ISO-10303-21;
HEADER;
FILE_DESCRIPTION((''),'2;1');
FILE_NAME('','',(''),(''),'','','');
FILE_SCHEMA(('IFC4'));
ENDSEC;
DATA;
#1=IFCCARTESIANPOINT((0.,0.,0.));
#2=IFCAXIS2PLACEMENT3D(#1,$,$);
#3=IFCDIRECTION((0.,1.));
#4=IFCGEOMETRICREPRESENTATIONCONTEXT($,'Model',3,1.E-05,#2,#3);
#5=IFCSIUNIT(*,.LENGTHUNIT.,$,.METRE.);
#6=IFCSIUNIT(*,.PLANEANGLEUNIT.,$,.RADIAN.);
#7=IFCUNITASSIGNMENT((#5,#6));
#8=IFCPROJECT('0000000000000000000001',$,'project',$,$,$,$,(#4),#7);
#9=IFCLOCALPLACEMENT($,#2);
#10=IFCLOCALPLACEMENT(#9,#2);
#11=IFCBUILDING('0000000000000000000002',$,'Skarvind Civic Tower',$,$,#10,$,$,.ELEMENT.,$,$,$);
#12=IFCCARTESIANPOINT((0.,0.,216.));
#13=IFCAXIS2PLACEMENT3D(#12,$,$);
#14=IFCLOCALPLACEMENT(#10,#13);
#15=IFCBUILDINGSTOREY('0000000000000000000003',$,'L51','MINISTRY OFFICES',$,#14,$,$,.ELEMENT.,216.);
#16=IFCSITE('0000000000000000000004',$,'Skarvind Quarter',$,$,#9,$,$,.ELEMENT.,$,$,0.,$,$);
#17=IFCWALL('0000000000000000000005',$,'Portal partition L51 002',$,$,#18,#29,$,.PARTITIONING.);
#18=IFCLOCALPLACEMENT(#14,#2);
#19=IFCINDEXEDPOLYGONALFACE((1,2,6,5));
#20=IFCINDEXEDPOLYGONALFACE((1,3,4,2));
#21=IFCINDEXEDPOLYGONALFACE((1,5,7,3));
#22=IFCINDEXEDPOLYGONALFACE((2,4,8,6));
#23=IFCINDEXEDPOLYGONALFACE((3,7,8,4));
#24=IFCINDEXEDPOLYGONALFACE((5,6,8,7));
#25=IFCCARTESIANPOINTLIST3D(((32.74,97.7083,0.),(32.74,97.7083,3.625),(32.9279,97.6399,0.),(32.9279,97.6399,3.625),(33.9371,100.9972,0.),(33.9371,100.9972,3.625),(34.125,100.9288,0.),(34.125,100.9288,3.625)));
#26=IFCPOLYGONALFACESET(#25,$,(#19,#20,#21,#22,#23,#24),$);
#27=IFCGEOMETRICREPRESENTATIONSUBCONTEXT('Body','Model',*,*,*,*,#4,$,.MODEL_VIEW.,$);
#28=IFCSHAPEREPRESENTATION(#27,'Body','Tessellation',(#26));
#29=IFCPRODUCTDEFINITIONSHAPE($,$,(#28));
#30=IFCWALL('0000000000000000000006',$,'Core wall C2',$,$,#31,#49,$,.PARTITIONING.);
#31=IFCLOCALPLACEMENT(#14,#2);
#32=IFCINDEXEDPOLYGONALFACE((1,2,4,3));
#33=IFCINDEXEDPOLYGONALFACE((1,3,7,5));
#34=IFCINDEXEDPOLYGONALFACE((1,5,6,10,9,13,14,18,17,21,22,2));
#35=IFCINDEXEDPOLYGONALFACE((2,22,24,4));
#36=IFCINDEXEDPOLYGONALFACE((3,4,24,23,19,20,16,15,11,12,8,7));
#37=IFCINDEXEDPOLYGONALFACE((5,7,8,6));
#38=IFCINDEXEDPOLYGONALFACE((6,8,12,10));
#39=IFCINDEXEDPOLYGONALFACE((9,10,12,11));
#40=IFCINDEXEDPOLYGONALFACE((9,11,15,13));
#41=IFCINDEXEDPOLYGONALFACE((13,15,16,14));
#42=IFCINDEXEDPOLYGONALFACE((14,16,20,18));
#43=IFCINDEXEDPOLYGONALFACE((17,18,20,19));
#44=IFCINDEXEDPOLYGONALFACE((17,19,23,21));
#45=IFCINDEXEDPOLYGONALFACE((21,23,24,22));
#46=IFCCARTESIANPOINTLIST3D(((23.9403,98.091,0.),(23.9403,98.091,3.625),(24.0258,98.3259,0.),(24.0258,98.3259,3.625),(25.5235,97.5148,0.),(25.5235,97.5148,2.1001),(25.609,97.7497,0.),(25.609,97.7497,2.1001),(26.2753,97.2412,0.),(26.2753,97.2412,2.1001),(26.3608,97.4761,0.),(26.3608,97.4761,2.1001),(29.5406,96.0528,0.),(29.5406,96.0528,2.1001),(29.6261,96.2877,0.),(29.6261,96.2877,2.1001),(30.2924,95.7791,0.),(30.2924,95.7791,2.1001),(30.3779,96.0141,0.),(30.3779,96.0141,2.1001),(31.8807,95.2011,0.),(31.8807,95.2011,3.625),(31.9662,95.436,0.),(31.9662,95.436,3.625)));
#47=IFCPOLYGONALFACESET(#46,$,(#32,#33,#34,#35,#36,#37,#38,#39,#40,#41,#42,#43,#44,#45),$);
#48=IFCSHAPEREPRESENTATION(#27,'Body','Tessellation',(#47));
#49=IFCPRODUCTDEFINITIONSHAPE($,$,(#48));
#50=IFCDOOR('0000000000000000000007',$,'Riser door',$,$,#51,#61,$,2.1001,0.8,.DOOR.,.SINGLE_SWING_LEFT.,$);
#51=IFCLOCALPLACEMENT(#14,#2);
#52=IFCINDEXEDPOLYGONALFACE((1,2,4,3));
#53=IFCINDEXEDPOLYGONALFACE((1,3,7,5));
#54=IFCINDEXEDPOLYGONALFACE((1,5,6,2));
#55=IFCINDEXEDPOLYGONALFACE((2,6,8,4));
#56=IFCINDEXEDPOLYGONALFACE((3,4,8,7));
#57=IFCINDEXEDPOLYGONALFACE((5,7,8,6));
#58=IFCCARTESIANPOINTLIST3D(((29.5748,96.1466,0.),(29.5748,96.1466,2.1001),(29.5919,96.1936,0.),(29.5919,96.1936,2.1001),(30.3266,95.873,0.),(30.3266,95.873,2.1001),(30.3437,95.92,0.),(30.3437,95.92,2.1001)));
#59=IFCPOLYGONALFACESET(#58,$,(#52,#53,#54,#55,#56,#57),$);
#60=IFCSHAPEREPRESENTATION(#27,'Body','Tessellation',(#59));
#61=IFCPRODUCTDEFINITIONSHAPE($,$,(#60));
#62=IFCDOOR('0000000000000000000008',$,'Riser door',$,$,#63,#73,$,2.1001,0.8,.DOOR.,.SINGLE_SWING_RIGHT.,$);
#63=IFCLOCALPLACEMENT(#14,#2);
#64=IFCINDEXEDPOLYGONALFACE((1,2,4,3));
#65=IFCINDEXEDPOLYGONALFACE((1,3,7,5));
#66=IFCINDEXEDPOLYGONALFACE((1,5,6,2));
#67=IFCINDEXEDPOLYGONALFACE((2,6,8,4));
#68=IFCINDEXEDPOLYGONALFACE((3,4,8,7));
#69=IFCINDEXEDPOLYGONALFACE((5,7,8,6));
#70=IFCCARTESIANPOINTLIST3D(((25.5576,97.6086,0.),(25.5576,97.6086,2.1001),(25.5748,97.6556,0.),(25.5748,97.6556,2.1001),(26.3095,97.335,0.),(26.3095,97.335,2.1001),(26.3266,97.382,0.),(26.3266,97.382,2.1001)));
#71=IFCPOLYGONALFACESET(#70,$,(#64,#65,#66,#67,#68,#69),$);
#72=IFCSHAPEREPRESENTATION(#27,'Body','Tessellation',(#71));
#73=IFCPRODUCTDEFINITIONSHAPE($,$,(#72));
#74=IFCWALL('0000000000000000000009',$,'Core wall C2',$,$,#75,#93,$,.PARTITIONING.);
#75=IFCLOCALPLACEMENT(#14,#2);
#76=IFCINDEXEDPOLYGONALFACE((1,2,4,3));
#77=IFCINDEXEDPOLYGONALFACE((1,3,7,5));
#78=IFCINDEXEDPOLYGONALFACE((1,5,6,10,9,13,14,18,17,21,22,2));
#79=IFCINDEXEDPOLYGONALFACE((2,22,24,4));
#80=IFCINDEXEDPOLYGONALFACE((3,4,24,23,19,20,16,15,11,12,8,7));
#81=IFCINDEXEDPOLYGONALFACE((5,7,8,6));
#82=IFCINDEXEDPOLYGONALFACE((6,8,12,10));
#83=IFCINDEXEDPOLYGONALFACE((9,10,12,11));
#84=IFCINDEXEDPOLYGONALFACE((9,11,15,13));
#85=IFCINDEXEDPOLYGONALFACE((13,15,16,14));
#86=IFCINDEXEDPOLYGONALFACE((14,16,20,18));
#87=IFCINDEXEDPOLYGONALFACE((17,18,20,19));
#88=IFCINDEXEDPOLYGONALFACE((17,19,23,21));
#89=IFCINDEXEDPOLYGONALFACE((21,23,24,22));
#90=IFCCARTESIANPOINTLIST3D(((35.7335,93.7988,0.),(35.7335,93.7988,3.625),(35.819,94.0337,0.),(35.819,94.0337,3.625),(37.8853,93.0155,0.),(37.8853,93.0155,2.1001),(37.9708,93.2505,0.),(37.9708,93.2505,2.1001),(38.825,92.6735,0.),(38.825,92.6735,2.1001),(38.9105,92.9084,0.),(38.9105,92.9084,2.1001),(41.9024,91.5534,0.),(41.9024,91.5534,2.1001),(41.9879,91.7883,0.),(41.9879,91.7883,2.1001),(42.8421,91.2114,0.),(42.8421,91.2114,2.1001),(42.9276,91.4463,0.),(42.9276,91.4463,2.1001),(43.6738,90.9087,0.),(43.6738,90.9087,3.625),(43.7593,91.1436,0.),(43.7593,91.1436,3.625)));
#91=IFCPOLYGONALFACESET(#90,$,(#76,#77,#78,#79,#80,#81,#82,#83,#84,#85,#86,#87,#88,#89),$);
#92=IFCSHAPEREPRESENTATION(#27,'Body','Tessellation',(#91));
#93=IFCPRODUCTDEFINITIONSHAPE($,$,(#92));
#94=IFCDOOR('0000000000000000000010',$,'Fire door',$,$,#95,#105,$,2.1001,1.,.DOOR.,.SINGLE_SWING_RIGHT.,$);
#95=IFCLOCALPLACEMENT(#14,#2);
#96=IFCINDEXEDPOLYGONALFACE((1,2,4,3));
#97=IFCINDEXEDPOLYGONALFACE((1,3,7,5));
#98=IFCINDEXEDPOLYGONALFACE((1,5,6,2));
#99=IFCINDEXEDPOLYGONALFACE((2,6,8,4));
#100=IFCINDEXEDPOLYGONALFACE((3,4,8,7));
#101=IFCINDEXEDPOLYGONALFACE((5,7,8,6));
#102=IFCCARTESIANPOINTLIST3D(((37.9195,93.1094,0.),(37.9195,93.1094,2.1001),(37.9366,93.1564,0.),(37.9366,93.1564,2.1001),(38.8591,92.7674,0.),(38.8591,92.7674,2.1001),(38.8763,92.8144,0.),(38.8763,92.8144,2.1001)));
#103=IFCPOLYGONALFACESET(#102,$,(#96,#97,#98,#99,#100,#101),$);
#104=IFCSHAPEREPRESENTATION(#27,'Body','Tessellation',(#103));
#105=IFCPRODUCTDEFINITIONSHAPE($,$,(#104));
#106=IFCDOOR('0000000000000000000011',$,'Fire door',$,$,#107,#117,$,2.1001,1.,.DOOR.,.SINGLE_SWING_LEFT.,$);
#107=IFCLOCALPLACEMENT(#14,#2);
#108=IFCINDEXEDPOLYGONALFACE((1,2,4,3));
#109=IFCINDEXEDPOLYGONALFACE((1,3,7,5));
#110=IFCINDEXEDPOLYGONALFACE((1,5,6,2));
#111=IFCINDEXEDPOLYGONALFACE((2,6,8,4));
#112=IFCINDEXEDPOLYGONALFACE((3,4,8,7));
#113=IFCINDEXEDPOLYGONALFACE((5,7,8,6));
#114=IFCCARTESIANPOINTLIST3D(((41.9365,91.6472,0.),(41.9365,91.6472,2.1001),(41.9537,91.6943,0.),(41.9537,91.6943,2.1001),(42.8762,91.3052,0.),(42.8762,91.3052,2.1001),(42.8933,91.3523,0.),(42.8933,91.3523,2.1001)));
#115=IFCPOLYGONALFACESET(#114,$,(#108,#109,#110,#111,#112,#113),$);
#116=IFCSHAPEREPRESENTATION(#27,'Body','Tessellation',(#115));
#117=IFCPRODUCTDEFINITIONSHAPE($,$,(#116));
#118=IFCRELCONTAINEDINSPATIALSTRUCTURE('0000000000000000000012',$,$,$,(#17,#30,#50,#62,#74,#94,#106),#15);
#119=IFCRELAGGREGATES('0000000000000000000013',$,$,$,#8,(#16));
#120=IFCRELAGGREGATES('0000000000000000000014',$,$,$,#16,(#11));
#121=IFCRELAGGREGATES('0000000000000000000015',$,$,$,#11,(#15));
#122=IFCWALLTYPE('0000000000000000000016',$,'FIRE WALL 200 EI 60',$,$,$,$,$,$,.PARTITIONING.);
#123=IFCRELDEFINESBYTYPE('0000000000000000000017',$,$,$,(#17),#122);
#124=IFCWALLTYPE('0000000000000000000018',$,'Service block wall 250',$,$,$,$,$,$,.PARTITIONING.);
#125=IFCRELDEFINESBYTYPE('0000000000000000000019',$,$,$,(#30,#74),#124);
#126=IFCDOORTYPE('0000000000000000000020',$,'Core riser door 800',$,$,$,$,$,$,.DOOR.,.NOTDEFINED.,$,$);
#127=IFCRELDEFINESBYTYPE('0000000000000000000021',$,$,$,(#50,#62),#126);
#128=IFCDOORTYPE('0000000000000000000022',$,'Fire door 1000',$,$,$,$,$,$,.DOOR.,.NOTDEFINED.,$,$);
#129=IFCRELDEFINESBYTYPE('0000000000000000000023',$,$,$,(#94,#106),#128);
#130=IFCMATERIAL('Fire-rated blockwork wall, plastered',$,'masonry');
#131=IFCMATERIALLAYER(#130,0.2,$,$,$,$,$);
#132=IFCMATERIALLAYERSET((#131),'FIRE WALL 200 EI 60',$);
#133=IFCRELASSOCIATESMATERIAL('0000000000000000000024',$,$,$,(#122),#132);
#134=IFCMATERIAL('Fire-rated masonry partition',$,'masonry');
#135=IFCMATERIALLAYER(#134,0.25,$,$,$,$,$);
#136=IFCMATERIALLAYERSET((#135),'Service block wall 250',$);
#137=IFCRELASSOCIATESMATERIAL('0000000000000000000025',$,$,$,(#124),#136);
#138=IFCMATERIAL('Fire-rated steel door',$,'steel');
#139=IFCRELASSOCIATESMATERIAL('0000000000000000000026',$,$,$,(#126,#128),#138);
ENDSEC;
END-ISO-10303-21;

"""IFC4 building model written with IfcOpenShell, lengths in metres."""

from ifc_helpers import new_model, si_unit, direction, frame, frame_2d, origin, place, context, subcontext, project, spatial, rectangle, extrude, material, layer, layer_set, type_object, element, fill, save


model = new_model("IFC4")

# Units and contexts
model_context = context("Model", 3, precision=1e-05, world=origin(), true_north=direction((0.0, 1.0)))
body_context = subcontext(model_context, "Body", "Model", "MODEL_VIEW")
ifc_project = project(units=[si_unit("LENGTHUNIT", "METRE"), si_unit("PLANEANGLEUNIT", "RADIAN")], contexts=[model_context])

# Site, building, storey
site_placement = place(None, origin())
site = spatial("IfcSite", under=ifc_project, at=site_placement, Name="Skarvind Quarter", CompositionType="ELEMENT", RefElevation=0.0)
building_placement = place(site_placement, origin())
building = spatial("IfcBuilding", under=site, at=building_placement, Name="Skarvind Civic Tower", CompositionType="ELEMENT")
storey_placement = place(building_placement, frame((0.0, 0.0, 216.0)))
storey = spatial("IfcBuildingStorey", under=building, at=storey_placement, Name="L51", Description="MINISTRY OFFICES", CompositionType="ELEMENT", Elevation=216.0)

# Shared definitions
ifc_material_1 = material(Name="Fire-rated masonry partition", Category="masonry")
ifc_material_2 = material(Name="Fire-rated steel door", Category="steel")

# Wall
ifc_material_3 = material(Name="Fire-rated blockwork wall, plastered", Category="masonry")
ifc_layer_1 = layer(ifc_material_3, 0.2)
ifc_layer_set_1 = layer_set([ifc_layer_1], Name="FIRE WALL 200 EI 60")
wall_type_1 = type_object("IfcWallType", Name="FIRE WALL 200 EI 60", PredefinedType="PARTITIONING", material=ifc_layer_set_1)
wall_1_placement = place(storey_placement, frame((32.834, 97.6741, 0.0), z_axis=(0.0, 0.0, 1.0), x_axis=(0.342017, 0.939694, 0.0)))
element("IfcWall", 1, at=wall_1_placement, inside=storey, type_object=wall_type_1, Name="Portal partition L51 002", PredefinedType="PARTITIONING", context=body_context, shape_type="SweptSolid", body=[
    extrude(rectangle(XDim=3.5, YDim=0.2, at=frame_2d((1.75, 0.0))), origin(), (0.0, 0.0, 1.0), 3.625),
])

# Walls, openings, doors
ifc_layer_2 = layer(ifc_material_1, 0.25)
ifc_layer_set_2 = layer_set([ifc_layer_2], Name="Service block wall 250")
wall_type_2 = type_object("IfcWallType", Name="Service block wall 250", PredefinedType="PARTITIONING", material=ifc_layer_set_2)
wall_2_placement = place(storey_placement, frame((23.9829, 98.2085, 0.0), z_axis=(0.0, 0.0, 1.0), x_axis=(0.9397, -0.342001, 0.0)))
wall_2 = element("IfcWall", 2, at=wall_2_placement, inside=storey, type_object=wall_type_2, Name="Core wall C2", PredefinedType="PARTITIONING", context=body_context, shape_type="SweptSolid", body=[
    extrude(rectangle(XDim=8.45, YDim=0.25, at=frame_2d((4.2251, 0.0))), origin(), (0.0, 0.0, 1.0), 3.625),
])
opening_1_placement = place(wall_2_placement, frame((5.96, 0.0, 0.0)))
opening_1 = element("IfcOpeningElement", 3, at=opening_1_placement, cuts=wall_2, PredefinedType="OPENING", context=body_context, shape_type="SweptSolid", body=[
    extrude(rectangle(XDim=0.8, YDim=2.1001, at=frame_2d((0.3999, 1.05))), frame((0.0, 0.135, 0.0), z_axis=(0.0, -1.0, 0.0), x_axis=(1.0, 0.0, 0.0)), (0.0, 0.0, 1.0), 0.27),
])
opening_2_placement = place(wall_2_placement, frame((1.6851, 0.0, 0.0)))
opening_2 = element("IfcOpeningElement", 4, at=opening_2_placement, cuts=wall_2, PredefinedType="OPENING", context=body_context, shape_type="SweptSolid", body=[
    extrude(rectangle(XDim=0.8, YDim=2.1001, at=frame_2d((0.3999, 1.05))), frame((0.0, 0.135, 0.0), z_axis=(0.0, -1.0, 0.0), x_axis=(1.0, 0.0, 0.0)), (0.0, 0.0, 1.0), 0.27),
])
door_type_1 = type_object("IfcDoorType", Name="Core riser door 800", OperationType="NOTDEFINED", PredefinedType="DOOR", material=ifc_material_2)
door_1_placement = place(opening_1_placement, origin())
door_1 = element("IfcDoor", 5, at=door_1_placement, inside=storey, type_object=door_type_1, Name="Riser door", OperationType="SINGLE_SWING_LEFT", OverallHeight=2.1001, OverallWidth=0.8, PredefinedType="DOOR", context=body_context, shape_type="SweptSolid", body=[
    extrude(rectangle(XDim=0.8, YDim=2.1001, at=frame_2d((0.3999, 1.05))), frame((0.0, 0.0249, 0.0), z_axis=(0.0, -1.0, 0.0), x_axis=(1.0, 0.0, 0.0)), (0.0, 0.0, 1.0), 0.05),
])
fill(opening_1, door_1)
door_2_placement = place(opening_2_placement, origin())
door_2 = element("IfcDoor", 6, at=door_2_placement, inside=storey, type_object=door_type_1, Name="Riser door", OperationType="SINGLE_SWING_RIGHT", OverallHeight=2.1001, OverallWidth=0.8, PredefinedType="DOOR", context=body_context, shape_type="SweptSolid", body=[
    extrude(rectangle(XDim=0.8, YDim=2.1001, at=frame_2d((0.3999, 1.05))), frame((0.0, 0.0249, 0.0), z_axis=(0.0, -1.0, 0.0), x_axis=(1.0, 0.0, 0.0)), (0.0, 0.0, 1.0), 0.05),
])
fill(opening_2, door_2)
wall_3_placement = place(storey_placement, frame((35.7761, 93.9163, 0.0), z_axis=(0.0, 0.0, 1.0), x_axis=(0.93969, -0.342026, 0.0)))
wall_3 = element("IfcWall", 7, at=wall_3_placement, inside=storey, type_object=wall_type_2, Name="Core wall C2", PredefinedType="PARTITIONING", context=body_context, shape_type="SweptSolid", body=[
    extrude(rectangle(XDim=8.45, YDim=0.25, at=frame_2d((4.2251, 0.0))), origin(), (0.0, 0.0, 1.0), 3.625),
])
opening_3_placement = place(wall_3_placement, frame((2.29, 0.0, 0.0)))
opening_3 = element("IfcOpeningElement", 8, at=opening_3_placement, cuts=wall_3, PredefinedType="OPENING", context=body_context, shape_type="SweptSolid", body=[
    extrude(rectangle(XDim=1.0, YDim=2.1001, at=frame_2d((0.5, 1.05))), frame((0.0, 0.135, 0.0), z_axis=(0.0, -1.0, 0.0), x_axis=(1.0, 0.0, 0.0)), (0.0, 0.0, 1.0), 0.27),
])
opening_4_placement = place(wall_3_placement, frame((6.5649, 0.0, 0.0)))
opening_4 = element("IfcOpeningElement", 9, at=opening_4_placement, cuts=wall_3, PredefinedType="OPENING", context=body_context, shape_type="SweptSolid", body=[
    extrude(rectangle(XDim=1.0, YDim=2.1001, at=frame_2d((0.5, 1.05))), frame((0.0, 0.135, 0.0), z_axis=(0.0, -1.0, 0.0), x_axis=(1.0, 0.0, 0.0)), (0.0, 0.0, 1.0), 0.27),
])
door_type_2 = type_object("IfcDoorType", Name="Fire door 1000", OperationType="NOTDEFINED", PredefinedType="DOOR", material=ifc_material_2)
door_3_placement = place(opening_3_placement, origin())
door_3 = element("IfcDoor", 10, at=door_3_placement, inside=storey, type_object=door_type_2, Name="Fire door", OperationType="SINGLE_SWING_RIGHT", OverallHeight=2.1001, OverallWidth=1.0, PredefinedType="DOOR", context=body_context, shape_type="SweptSolid", body=[
    extrude(rectangle(XDim=1.0, YDim=2.1001, at=frame_2d((0.5, 1.05))), frame((0.0, 0.0249, 0.0), z_axis=(0.0, -1.0, 0.0), x_axis=(1.0, 0.0, 0.0)), (0.0, 0.0, 1.0), 0.05),
])
fill(opening_3, door_3)
door_4_placement = place(opening_4_placement, origin())
door_4 = element("IfcDoor", 11, at=door_4_placement, inside=storey, type_object=door_type_2, Name="Fire door", OperationType="SINGLE_SWING_LEFT", OverallHeight=2.1001, OverallWidth=1.0, PredefinedType="DOOR", context=body_context, shape_type="SweptSolid", body=[
    extrude(rectangle(XDim=1.0, YDim=2.1001, at=frame_2d((0.5, 1.05))), frame((0.0, 0.0249, 0.0), z_axis=(0.0, -1.0, 0.0), x_axis=(1.0, 0.0, 0.0)), (0.0, 0.0, 1.0), 0.05),
])
fill(opening_4, door_4)

save(model, "model.ifc")
